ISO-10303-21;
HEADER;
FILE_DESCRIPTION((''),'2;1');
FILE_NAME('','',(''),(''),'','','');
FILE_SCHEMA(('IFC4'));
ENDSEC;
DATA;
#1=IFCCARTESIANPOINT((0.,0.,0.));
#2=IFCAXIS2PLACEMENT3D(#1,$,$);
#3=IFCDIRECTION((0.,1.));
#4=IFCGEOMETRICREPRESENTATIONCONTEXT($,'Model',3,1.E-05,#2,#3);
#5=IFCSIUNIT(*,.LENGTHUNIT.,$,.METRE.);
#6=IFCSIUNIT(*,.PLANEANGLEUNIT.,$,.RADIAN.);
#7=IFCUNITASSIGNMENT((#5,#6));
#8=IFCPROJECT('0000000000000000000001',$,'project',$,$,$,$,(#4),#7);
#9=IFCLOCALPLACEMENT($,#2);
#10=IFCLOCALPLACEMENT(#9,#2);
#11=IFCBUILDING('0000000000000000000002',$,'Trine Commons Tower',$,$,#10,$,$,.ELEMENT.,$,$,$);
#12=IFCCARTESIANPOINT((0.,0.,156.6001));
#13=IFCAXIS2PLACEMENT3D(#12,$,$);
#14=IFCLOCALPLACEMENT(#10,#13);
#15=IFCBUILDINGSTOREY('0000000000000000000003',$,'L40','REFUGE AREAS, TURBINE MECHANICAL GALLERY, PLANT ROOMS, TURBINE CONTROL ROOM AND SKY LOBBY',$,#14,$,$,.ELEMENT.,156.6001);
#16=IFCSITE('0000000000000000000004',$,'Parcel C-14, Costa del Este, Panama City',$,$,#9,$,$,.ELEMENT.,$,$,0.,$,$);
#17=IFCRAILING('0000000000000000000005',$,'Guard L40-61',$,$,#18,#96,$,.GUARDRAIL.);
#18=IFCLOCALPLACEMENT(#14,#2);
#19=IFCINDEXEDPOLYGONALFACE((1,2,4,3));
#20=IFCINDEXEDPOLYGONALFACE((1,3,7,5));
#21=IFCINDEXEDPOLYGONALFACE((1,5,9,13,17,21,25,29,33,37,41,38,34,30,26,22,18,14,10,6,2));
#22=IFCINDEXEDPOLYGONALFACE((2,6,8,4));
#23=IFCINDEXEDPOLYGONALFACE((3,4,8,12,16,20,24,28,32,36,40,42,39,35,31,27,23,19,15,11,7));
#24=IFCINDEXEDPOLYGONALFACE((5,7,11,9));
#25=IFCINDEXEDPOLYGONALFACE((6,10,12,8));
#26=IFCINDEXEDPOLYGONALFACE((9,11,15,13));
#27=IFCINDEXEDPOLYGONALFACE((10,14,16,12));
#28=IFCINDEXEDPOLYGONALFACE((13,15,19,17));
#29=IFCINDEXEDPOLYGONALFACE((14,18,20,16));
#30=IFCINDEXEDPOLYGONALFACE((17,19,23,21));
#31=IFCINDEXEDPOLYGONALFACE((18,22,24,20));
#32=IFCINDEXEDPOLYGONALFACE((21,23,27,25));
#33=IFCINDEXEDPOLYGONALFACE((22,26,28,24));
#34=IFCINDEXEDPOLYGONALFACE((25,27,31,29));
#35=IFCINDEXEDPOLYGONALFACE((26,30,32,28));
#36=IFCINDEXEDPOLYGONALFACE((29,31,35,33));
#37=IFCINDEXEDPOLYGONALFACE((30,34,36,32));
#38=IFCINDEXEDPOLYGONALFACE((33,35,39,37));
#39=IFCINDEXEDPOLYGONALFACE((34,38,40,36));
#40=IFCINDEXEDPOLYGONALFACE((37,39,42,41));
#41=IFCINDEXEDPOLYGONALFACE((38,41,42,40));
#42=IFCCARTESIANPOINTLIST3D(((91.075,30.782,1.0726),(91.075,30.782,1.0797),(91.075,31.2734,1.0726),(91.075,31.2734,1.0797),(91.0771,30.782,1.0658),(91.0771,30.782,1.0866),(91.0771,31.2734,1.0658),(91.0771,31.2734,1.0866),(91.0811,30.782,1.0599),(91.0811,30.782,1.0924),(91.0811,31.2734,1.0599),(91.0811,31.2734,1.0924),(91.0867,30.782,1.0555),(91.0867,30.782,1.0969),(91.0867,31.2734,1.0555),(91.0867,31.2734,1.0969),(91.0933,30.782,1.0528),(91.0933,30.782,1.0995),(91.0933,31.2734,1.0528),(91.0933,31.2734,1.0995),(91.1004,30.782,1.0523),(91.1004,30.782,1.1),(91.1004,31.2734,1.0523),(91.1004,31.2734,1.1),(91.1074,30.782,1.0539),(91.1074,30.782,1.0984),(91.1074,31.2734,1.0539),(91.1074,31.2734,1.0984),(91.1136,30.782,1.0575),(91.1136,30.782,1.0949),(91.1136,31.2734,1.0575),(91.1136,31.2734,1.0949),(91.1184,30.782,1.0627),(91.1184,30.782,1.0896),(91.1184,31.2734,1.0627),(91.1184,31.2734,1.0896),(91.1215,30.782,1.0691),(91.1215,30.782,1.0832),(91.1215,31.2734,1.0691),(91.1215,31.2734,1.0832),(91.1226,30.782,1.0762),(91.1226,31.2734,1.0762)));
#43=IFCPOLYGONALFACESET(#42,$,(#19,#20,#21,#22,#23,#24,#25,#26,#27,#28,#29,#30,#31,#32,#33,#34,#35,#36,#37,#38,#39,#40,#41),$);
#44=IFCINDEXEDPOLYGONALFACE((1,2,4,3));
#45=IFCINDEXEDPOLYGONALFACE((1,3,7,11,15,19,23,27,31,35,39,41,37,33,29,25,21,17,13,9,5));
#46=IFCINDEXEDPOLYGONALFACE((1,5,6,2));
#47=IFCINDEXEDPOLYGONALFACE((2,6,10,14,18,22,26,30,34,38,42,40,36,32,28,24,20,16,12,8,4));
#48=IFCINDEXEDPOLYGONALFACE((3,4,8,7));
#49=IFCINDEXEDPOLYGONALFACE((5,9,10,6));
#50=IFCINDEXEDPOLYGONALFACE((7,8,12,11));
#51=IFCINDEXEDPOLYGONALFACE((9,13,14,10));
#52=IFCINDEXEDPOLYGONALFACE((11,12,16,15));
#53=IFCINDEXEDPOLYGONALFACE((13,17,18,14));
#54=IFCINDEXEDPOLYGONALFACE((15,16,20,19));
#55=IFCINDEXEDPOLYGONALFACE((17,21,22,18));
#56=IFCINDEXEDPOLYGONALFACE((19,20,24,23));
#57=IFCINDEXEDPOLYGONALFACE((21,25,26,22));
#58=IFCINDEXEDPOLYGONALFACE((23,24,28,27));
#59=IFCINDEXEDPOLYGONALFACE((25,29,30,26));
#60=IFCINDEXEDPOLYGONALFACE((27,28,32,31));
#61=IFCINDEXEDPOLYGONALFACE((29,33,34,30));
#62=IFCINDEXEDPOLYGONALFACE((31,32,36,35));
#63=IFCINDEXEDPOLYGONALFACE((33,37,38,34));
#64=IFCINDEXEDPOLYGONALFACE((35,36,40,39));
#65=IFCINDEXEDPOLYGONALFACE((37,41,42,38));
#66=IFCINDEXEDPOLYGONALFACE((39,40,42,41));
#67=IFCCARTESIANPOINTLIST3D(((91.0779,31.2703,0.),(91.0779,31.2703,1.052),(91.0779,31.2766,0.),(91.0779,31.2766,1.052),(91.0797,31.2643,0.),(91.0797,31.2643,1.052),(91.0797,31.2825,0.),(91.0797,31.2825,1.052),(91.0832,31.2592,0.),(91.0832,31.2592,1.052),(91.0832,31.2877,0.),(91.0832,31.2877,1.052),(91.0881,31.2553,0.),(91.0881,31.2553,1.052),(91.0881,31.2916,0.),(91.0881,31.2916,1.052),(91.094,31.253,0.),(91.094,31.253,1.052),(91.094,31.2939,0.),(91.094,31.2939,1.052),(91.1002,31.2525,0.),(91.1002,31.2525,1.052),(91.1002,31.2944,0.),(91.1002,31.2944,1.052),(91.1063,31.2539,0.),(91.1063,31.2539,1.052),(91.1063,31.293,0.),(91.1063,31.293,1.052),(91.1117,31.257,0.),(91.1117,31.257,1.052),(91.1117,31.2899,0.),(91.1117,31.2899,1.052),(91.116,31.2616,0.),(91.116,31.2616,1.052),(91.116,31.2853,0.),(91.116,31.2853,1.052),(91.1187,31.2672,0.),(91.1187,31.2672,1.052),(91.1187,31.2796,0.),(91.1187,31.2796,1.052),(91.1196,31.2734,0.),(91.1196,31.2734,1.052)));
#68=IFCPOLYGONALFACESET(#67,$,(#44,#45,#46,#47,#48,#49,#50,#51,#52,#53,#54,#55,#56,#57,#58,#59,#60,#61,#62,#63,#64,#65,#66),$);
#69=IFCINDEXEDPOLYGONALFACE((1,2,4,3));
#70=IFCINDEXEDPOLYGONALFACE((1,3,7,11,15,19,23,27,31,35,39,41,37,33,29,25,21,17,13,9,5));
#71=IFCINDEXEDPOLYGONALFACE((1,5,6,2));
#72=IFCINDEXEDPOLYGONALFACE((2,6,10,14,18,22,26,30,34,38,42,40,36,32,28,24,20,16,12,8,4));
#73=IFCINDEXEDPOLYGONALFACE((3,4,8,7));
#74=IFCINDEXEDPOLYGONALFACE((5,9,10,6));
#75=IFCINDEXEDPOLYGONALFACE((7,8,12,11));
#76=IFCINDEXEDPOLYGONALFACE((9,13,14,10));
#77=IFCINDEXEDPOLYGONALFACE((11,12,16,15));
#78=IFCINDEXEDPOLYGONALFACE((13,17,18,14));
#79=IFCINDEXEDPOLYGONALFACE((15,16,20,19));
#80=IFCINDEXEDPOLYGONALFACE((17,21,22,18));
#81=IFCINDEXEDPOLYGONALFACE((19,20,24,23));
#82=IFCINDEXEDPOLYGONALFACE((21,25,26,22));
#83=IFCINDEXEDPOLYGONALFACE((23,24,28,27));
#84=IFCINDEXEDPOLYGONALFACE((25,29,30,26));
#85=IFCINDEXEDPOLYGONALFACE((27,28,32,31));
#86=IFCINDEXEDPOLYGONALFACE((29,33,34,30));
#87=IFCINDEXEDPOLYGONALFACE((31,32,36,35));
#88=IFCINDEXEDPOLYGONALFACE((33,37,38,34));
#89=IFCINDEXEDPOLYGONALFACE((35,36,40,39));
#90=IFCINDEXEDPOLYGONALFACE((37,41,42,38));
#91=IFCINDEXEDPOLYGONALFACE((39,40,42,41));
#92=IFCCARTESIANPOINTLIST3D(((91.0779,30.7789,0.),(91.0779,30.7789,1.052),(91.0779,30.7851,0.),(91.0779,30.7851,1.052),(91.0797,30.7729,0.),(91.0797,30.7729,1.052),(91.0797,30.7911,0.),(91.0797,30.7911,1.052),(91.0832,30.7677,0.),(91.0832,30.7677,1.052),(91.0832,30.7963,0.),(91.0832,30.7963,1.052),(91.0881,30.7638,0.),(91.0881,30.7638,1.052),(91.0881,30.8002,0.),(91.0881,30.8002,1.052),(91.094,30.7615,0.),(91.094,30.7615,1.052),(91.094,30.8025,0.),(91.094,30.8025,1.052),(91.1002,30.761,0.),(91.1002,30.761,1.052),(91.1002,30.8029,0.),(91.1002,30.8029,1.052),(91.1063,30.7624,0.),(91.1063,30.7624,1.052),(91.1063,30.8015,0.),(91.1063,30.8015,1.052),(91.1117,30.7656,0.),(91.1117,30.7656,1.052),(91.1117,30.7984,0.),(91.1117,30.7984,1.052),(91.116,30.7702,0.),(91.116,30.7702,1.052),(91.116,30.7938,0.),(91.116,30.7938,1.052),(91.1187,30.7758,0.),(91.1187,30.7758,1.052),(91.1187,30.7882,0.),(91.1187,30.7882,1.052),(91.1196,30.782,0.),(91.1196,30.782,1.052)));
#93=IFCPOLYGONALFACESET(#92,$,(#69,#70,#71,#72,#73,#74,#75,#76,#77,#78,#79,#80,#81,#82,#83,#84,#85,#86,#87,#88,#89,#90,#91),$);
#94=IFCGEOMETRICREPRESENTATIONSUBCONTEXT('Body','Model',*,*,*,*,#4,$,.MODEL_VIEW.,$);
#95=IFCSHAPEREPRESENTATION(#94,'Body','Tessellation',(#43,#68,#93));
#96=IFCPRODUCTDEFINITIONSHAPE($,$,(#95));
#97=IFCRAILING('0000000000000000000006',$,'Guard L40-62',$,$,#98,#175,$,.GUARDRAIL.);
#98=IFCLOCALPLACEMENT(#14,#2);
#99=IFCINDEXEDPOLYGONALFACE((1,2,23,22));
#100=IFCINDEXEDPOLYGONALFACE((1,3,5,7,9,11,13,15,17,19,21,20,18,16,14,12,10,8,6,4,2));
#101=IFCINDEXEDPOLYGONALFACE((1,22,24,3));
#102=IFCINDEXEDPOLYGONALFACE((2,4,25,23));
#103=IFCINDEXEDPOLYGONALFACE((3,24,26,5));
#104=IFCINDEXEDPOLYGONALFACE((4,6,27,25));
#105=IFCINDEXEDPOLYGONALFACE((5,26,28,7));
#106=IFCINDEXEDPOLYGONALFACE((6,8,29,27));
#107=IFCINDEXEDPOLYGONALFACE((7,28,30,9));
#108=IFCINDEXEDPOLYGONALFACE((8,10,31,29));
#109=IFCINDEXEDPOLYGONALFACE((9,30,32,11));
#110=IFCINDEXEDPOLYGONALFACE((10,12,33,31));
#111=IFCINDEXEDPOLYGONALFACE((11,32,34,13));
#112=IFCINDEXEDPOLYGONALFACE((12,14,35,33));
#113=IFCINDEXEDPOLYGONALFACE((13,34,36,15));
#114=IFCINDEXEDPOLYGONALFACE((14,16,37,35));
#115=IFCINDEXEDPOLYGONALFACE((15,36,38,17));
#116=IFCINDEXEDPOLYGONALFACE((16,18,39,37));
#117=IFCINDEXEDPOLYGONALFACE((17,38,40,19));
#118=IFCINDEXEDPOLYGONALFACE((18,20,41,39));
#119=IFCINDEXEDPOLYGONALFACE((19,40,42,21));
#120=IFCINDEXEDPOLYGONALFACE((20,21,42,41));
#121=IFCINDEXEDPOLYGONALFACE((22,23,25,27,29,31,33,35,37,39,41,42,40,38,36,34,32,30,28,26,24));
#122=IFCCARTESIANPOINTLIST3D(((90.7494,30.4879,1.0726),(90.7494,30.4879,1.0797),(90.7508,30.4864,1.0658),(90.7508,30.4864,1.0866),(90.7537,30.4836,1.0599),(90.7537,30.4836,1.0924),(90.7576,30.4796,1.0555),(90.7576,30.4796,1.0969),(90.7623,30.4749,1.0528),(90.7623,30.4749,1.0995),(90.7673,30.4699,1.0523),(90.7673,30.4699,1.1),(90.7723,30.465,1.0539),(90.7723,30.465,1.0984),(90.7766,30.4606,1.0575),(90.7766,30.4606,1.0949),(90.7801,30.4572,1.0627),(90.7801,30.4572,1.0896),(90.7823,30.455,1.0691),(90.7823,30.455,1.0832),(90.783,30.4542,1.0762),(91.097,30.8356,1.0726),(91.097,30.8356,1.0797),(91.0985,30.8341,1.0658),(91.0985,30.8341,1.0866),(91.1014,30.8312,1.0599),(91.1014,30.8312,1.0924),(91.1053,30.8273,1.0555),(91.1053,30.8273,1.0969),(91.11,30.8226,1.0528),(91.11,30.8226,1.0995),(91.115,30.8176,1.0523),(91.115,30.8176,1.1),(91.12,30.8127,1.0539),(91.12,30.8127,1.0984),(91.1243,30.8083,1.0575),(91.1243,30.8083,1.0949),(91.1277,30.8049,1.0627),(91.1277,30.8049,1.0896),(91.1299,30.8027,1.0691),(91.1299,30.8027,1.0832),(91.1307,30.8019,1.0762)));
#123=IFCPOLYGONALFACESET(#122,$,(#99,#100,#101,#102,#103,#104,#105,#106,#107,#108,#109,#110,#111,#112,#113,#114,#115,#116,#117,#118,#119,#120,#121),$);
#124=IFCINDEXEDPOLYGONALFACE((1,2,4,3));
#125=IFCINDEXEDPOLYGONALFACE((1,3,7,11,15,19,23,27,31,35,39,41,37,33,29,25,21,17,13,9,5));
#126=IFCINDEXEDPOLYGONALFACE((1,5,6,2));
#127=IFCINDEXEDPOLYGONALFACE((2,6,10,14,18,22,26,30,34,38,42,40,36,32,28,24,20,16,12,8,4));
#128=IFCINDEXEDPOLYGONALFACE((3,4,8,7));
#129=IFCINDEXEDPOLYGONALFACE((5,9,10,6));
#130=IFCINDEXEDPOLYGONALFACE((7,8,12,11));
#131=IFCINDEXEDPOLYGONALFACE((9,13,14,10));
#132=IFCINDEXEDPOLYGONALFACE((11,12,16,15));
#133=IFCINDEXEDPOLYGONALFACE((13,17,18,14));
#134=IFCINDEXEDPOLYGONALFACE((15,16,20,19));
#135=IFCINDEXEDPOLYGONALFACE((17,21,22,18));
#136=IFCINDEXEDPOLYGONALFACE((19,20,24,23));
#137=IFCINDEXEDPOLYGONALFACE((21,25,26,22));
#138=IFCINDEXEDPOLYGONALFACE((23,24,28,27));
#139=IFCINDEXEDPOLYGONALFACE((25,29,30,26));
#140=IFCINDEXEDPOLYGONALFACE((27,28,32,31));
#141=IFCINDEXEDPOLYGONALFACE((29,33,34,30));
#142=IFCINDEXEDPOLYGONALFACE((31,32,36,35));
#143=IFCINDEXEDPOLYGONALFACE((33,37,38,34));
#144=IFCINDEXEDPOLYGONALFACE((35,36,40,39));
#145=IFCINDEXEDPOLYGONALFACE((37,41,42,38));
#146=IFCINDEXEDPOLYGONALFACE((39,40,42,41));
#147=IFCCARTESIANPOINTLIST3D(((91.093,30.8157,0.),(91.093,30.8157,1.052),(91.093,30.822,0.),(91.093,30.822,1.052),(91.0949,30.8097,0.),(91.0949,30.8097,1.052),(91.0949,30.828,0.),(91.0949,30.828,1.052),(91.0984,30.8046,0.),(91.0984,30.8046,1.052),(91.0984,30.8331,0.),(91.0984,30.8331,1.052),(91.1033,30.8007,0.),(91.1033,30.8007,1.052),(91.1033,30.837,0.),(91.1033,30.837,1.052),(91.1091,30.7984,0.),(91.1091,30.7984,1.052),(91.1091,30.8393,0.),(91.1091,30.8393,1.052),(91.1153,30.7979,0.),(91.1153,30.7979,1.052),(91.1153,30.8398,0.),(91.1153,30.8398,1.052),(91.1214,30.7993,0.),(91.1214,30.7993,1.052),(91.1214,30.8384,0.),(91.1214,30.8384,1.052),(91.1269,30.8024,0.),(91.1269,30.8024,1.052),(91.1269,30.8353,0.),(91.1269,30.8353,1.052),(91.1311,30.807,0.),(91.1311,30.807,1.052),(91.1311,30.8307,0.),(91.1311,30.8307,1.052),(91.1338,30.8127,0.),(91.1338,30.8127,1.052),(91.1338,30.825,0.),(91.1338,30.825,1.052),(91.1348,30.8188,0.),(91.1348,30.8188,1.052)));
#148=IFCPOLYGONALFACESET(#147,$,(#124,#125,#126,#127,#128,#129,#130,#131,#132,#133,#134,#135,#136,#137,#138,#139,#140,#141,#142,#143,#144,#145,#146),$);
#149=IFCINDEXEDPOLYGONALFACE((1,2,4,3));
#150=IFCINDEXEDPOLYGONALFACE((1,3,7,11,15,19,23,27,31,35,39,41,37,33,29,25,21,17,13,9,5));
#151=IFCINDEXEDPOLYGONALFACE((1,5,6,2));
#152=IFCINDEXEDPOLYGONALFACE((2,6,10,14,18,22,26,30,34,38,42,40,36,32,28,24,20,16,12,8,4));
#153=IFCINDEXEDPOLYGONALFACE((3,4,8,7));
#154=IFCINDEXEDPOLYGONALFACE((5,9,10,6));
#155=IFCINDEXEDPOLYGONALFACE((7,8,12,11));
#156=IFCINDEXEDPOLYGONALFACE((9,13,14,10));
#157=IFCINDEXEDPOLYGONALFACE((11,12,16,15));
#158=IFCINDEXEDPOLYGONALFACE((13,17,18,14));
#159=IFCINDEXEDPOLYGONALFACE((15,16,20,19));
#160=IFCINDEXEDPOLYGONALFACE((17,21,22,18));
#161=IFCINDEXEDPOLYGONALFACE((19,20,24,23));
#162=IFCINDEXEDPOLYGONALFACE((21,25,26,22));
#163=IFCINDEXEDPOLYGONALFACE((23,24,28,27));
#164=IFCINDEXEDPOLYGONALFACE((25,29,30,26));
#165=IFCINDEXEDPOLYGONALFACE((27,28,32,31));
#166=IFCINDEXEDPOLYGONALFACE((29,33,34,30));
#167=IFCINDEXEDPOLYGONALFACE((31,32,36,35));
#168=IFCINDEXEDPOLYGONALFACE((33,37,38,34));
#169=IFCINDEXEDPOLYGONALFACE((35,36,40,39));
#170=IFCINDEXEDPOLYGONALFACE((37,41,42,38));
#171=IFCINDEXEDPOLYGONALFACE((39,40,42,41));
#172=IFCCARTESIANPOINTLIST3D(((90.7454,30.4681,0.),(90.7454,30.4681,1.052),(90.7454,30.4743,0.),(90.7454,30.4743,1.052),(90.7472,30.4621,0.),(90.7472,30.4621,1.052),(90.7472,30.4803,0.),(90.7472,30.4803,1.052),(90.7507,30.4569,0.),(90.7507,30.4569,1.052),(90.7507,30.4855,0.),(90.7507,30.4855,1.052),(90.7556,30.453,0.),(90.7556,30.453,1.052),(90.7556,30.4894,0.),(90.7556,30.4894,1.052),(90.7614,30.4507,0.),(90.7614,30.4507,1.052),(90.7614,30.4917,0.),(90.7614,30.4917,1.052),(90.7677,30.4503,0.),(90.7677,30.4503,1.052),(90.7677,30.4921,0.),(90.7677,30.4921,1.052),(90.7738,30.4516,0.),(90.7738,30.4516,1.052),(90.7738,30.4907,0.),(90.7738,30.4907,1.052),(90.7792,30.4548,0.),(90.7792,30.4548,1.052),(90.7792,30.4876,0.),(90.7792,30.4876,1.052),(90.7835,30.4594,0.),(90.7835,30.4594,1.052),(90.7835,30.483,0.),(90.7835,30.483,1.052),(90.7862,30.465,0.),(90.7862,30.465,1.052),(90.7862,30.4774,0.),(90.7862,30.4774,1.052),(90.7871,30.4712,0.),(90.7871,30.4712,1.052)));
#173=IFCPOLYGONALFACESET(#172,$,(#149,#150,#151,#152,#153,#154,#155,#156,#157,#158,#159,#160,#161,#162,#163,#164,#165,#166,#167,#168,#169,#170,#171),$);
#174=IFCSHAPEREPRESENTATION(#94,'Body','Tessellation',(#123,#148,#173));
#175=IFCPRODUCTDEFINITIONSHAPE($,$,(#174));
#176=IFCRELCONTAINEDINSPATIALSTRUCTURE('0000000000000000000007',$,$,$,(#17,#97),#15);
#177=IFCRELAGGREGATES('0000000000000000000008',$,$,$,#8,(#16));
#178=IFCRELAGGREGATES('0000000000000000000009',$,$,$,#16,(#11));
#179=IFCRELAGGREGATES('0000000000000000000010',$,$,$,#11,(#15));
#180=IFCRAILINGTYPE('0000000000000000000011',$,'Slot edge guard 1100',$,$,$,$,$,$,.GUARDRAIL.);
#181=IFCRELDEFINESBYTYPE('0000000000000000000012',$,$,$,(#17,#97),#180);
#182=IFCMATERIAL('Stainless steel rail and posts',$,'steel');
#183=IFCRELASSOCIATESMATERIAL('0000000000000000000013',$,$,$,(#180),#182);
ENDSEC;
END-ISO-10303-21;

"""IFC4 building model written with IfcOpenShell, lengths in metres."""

from ifc_helpers import new_model, si_unit, direction, frame, origin, origin_2d, place, context, subcontext, project, spatial, circle, extrude, material, type_object, element, save


model = new_model("IFC4")

# Units and contexts
model_context = context("Model", 3, precision=1e-05, world=origin(), true_north=direction((0.0, 1.0)))
body_context = subcontext(model_context, "Body", "Model", "MODEL_VIEW")
ifc_project = project(units=[si_unit("LENGTHUNIT", "METRE"), si_unit("PLANEANGLEUNIT", "RADIAN")], contexts=[model_context])

# Site, building, storey
site_placement = place(None, origin())
site = spatial("IfcSite", under=ifc_project, at=site_placement, Name="Parcel C-14, Costa del Este, Panama City", CompositionType="ELEMENT", RefElevation=0.0)
building_placement = place(site_placement, origin())
building = spatial("IfcBuilding", under=site, at=building_placement, Name="Trine Commons Tower", CompositionType="ELEMENT")
storey_placement = place(building_placement, frame((0.0, 0.0, 156.6001)))
storey = spatial("IfcBuildingStorey", under=building, at=storey_placement, Name="L40", Description="REFUGE AREAS, TURBINE MECHANICAL GALLERY, PLANT ROOMS, TURBINE CONTROL ROOM AND SKY LOBBY", CompositionType="ELEMENT", Elevation=156.6001)

# Railings
ifc_material_1 = material(Name="Stainless steel rail and posts", Category="steel")
railing_type = type_object("IfcRailingType", Name="Slot edge guard 1100", PredefinedType="GUARDRAIL", material=ifc_material_1)
railing_1_placement = place(storey_placement, frame((91.0986, 31.2734, 0.0)))
element("IfcRailing", 1, at=railing_1_placement, inside=storey, type_object=railing_type, Name="Guard L40-61", PredefinedType="GUARDRAIL", context=body_context, shape_type="SweptSolid", body=[
    extrude(circle(Radius=0.0239, at=origin_2d()), frame((0.0, 0.0, 1.0762), z_axis=(0.0, -1.0, 0.0), x_axis=(1.0, 0.0, 0.0)), (0.0, 0.0, 1.0), 0.4915),
    extrude(circle(Radius=0.021, at=origin_2d()), origin(), (0.0, 0.0, 1.0), 1.052),
    extrude(circle(Radius=0.021, at=origin_2d()), frame((0.0, -0.4915, 0.0)), (0.0, 0.0, 1.0), 1.052),
])
railing_2_placement = place(storey_placement, frame((91.1138, 30.8188, 0.0)))
element("IfcRailing", 2, at=railing_2_placement, inside=storey, type_object=railing_type, Name="Guard L40-62", PredefinedType="GUARDRAIL", context=body_context, shape_type="SweptSolid", body=[
    extrude(circle(Radius=0.0239, at=origin_2d()), frame((0.0, 0.0, 1.0762), z_axis=(-0.707107, -0.707107, 0.0), x_axis=(0.707107, -0.707107, 0.0)), (0.0, 0.0, 1.0), 0.4917),
    extrude(circle(Radius=0.021, at=origin_2d()), origin(), (0.0, 0.0, 1.0), 1.052),
    extrude(circle(Radius=0.021, at=origin_2d()), frame((-0.3477, -0.3477, 0.0)), (0.0, 0.0, 1.0), 1.052),
])

save(model, "model.ifc")
